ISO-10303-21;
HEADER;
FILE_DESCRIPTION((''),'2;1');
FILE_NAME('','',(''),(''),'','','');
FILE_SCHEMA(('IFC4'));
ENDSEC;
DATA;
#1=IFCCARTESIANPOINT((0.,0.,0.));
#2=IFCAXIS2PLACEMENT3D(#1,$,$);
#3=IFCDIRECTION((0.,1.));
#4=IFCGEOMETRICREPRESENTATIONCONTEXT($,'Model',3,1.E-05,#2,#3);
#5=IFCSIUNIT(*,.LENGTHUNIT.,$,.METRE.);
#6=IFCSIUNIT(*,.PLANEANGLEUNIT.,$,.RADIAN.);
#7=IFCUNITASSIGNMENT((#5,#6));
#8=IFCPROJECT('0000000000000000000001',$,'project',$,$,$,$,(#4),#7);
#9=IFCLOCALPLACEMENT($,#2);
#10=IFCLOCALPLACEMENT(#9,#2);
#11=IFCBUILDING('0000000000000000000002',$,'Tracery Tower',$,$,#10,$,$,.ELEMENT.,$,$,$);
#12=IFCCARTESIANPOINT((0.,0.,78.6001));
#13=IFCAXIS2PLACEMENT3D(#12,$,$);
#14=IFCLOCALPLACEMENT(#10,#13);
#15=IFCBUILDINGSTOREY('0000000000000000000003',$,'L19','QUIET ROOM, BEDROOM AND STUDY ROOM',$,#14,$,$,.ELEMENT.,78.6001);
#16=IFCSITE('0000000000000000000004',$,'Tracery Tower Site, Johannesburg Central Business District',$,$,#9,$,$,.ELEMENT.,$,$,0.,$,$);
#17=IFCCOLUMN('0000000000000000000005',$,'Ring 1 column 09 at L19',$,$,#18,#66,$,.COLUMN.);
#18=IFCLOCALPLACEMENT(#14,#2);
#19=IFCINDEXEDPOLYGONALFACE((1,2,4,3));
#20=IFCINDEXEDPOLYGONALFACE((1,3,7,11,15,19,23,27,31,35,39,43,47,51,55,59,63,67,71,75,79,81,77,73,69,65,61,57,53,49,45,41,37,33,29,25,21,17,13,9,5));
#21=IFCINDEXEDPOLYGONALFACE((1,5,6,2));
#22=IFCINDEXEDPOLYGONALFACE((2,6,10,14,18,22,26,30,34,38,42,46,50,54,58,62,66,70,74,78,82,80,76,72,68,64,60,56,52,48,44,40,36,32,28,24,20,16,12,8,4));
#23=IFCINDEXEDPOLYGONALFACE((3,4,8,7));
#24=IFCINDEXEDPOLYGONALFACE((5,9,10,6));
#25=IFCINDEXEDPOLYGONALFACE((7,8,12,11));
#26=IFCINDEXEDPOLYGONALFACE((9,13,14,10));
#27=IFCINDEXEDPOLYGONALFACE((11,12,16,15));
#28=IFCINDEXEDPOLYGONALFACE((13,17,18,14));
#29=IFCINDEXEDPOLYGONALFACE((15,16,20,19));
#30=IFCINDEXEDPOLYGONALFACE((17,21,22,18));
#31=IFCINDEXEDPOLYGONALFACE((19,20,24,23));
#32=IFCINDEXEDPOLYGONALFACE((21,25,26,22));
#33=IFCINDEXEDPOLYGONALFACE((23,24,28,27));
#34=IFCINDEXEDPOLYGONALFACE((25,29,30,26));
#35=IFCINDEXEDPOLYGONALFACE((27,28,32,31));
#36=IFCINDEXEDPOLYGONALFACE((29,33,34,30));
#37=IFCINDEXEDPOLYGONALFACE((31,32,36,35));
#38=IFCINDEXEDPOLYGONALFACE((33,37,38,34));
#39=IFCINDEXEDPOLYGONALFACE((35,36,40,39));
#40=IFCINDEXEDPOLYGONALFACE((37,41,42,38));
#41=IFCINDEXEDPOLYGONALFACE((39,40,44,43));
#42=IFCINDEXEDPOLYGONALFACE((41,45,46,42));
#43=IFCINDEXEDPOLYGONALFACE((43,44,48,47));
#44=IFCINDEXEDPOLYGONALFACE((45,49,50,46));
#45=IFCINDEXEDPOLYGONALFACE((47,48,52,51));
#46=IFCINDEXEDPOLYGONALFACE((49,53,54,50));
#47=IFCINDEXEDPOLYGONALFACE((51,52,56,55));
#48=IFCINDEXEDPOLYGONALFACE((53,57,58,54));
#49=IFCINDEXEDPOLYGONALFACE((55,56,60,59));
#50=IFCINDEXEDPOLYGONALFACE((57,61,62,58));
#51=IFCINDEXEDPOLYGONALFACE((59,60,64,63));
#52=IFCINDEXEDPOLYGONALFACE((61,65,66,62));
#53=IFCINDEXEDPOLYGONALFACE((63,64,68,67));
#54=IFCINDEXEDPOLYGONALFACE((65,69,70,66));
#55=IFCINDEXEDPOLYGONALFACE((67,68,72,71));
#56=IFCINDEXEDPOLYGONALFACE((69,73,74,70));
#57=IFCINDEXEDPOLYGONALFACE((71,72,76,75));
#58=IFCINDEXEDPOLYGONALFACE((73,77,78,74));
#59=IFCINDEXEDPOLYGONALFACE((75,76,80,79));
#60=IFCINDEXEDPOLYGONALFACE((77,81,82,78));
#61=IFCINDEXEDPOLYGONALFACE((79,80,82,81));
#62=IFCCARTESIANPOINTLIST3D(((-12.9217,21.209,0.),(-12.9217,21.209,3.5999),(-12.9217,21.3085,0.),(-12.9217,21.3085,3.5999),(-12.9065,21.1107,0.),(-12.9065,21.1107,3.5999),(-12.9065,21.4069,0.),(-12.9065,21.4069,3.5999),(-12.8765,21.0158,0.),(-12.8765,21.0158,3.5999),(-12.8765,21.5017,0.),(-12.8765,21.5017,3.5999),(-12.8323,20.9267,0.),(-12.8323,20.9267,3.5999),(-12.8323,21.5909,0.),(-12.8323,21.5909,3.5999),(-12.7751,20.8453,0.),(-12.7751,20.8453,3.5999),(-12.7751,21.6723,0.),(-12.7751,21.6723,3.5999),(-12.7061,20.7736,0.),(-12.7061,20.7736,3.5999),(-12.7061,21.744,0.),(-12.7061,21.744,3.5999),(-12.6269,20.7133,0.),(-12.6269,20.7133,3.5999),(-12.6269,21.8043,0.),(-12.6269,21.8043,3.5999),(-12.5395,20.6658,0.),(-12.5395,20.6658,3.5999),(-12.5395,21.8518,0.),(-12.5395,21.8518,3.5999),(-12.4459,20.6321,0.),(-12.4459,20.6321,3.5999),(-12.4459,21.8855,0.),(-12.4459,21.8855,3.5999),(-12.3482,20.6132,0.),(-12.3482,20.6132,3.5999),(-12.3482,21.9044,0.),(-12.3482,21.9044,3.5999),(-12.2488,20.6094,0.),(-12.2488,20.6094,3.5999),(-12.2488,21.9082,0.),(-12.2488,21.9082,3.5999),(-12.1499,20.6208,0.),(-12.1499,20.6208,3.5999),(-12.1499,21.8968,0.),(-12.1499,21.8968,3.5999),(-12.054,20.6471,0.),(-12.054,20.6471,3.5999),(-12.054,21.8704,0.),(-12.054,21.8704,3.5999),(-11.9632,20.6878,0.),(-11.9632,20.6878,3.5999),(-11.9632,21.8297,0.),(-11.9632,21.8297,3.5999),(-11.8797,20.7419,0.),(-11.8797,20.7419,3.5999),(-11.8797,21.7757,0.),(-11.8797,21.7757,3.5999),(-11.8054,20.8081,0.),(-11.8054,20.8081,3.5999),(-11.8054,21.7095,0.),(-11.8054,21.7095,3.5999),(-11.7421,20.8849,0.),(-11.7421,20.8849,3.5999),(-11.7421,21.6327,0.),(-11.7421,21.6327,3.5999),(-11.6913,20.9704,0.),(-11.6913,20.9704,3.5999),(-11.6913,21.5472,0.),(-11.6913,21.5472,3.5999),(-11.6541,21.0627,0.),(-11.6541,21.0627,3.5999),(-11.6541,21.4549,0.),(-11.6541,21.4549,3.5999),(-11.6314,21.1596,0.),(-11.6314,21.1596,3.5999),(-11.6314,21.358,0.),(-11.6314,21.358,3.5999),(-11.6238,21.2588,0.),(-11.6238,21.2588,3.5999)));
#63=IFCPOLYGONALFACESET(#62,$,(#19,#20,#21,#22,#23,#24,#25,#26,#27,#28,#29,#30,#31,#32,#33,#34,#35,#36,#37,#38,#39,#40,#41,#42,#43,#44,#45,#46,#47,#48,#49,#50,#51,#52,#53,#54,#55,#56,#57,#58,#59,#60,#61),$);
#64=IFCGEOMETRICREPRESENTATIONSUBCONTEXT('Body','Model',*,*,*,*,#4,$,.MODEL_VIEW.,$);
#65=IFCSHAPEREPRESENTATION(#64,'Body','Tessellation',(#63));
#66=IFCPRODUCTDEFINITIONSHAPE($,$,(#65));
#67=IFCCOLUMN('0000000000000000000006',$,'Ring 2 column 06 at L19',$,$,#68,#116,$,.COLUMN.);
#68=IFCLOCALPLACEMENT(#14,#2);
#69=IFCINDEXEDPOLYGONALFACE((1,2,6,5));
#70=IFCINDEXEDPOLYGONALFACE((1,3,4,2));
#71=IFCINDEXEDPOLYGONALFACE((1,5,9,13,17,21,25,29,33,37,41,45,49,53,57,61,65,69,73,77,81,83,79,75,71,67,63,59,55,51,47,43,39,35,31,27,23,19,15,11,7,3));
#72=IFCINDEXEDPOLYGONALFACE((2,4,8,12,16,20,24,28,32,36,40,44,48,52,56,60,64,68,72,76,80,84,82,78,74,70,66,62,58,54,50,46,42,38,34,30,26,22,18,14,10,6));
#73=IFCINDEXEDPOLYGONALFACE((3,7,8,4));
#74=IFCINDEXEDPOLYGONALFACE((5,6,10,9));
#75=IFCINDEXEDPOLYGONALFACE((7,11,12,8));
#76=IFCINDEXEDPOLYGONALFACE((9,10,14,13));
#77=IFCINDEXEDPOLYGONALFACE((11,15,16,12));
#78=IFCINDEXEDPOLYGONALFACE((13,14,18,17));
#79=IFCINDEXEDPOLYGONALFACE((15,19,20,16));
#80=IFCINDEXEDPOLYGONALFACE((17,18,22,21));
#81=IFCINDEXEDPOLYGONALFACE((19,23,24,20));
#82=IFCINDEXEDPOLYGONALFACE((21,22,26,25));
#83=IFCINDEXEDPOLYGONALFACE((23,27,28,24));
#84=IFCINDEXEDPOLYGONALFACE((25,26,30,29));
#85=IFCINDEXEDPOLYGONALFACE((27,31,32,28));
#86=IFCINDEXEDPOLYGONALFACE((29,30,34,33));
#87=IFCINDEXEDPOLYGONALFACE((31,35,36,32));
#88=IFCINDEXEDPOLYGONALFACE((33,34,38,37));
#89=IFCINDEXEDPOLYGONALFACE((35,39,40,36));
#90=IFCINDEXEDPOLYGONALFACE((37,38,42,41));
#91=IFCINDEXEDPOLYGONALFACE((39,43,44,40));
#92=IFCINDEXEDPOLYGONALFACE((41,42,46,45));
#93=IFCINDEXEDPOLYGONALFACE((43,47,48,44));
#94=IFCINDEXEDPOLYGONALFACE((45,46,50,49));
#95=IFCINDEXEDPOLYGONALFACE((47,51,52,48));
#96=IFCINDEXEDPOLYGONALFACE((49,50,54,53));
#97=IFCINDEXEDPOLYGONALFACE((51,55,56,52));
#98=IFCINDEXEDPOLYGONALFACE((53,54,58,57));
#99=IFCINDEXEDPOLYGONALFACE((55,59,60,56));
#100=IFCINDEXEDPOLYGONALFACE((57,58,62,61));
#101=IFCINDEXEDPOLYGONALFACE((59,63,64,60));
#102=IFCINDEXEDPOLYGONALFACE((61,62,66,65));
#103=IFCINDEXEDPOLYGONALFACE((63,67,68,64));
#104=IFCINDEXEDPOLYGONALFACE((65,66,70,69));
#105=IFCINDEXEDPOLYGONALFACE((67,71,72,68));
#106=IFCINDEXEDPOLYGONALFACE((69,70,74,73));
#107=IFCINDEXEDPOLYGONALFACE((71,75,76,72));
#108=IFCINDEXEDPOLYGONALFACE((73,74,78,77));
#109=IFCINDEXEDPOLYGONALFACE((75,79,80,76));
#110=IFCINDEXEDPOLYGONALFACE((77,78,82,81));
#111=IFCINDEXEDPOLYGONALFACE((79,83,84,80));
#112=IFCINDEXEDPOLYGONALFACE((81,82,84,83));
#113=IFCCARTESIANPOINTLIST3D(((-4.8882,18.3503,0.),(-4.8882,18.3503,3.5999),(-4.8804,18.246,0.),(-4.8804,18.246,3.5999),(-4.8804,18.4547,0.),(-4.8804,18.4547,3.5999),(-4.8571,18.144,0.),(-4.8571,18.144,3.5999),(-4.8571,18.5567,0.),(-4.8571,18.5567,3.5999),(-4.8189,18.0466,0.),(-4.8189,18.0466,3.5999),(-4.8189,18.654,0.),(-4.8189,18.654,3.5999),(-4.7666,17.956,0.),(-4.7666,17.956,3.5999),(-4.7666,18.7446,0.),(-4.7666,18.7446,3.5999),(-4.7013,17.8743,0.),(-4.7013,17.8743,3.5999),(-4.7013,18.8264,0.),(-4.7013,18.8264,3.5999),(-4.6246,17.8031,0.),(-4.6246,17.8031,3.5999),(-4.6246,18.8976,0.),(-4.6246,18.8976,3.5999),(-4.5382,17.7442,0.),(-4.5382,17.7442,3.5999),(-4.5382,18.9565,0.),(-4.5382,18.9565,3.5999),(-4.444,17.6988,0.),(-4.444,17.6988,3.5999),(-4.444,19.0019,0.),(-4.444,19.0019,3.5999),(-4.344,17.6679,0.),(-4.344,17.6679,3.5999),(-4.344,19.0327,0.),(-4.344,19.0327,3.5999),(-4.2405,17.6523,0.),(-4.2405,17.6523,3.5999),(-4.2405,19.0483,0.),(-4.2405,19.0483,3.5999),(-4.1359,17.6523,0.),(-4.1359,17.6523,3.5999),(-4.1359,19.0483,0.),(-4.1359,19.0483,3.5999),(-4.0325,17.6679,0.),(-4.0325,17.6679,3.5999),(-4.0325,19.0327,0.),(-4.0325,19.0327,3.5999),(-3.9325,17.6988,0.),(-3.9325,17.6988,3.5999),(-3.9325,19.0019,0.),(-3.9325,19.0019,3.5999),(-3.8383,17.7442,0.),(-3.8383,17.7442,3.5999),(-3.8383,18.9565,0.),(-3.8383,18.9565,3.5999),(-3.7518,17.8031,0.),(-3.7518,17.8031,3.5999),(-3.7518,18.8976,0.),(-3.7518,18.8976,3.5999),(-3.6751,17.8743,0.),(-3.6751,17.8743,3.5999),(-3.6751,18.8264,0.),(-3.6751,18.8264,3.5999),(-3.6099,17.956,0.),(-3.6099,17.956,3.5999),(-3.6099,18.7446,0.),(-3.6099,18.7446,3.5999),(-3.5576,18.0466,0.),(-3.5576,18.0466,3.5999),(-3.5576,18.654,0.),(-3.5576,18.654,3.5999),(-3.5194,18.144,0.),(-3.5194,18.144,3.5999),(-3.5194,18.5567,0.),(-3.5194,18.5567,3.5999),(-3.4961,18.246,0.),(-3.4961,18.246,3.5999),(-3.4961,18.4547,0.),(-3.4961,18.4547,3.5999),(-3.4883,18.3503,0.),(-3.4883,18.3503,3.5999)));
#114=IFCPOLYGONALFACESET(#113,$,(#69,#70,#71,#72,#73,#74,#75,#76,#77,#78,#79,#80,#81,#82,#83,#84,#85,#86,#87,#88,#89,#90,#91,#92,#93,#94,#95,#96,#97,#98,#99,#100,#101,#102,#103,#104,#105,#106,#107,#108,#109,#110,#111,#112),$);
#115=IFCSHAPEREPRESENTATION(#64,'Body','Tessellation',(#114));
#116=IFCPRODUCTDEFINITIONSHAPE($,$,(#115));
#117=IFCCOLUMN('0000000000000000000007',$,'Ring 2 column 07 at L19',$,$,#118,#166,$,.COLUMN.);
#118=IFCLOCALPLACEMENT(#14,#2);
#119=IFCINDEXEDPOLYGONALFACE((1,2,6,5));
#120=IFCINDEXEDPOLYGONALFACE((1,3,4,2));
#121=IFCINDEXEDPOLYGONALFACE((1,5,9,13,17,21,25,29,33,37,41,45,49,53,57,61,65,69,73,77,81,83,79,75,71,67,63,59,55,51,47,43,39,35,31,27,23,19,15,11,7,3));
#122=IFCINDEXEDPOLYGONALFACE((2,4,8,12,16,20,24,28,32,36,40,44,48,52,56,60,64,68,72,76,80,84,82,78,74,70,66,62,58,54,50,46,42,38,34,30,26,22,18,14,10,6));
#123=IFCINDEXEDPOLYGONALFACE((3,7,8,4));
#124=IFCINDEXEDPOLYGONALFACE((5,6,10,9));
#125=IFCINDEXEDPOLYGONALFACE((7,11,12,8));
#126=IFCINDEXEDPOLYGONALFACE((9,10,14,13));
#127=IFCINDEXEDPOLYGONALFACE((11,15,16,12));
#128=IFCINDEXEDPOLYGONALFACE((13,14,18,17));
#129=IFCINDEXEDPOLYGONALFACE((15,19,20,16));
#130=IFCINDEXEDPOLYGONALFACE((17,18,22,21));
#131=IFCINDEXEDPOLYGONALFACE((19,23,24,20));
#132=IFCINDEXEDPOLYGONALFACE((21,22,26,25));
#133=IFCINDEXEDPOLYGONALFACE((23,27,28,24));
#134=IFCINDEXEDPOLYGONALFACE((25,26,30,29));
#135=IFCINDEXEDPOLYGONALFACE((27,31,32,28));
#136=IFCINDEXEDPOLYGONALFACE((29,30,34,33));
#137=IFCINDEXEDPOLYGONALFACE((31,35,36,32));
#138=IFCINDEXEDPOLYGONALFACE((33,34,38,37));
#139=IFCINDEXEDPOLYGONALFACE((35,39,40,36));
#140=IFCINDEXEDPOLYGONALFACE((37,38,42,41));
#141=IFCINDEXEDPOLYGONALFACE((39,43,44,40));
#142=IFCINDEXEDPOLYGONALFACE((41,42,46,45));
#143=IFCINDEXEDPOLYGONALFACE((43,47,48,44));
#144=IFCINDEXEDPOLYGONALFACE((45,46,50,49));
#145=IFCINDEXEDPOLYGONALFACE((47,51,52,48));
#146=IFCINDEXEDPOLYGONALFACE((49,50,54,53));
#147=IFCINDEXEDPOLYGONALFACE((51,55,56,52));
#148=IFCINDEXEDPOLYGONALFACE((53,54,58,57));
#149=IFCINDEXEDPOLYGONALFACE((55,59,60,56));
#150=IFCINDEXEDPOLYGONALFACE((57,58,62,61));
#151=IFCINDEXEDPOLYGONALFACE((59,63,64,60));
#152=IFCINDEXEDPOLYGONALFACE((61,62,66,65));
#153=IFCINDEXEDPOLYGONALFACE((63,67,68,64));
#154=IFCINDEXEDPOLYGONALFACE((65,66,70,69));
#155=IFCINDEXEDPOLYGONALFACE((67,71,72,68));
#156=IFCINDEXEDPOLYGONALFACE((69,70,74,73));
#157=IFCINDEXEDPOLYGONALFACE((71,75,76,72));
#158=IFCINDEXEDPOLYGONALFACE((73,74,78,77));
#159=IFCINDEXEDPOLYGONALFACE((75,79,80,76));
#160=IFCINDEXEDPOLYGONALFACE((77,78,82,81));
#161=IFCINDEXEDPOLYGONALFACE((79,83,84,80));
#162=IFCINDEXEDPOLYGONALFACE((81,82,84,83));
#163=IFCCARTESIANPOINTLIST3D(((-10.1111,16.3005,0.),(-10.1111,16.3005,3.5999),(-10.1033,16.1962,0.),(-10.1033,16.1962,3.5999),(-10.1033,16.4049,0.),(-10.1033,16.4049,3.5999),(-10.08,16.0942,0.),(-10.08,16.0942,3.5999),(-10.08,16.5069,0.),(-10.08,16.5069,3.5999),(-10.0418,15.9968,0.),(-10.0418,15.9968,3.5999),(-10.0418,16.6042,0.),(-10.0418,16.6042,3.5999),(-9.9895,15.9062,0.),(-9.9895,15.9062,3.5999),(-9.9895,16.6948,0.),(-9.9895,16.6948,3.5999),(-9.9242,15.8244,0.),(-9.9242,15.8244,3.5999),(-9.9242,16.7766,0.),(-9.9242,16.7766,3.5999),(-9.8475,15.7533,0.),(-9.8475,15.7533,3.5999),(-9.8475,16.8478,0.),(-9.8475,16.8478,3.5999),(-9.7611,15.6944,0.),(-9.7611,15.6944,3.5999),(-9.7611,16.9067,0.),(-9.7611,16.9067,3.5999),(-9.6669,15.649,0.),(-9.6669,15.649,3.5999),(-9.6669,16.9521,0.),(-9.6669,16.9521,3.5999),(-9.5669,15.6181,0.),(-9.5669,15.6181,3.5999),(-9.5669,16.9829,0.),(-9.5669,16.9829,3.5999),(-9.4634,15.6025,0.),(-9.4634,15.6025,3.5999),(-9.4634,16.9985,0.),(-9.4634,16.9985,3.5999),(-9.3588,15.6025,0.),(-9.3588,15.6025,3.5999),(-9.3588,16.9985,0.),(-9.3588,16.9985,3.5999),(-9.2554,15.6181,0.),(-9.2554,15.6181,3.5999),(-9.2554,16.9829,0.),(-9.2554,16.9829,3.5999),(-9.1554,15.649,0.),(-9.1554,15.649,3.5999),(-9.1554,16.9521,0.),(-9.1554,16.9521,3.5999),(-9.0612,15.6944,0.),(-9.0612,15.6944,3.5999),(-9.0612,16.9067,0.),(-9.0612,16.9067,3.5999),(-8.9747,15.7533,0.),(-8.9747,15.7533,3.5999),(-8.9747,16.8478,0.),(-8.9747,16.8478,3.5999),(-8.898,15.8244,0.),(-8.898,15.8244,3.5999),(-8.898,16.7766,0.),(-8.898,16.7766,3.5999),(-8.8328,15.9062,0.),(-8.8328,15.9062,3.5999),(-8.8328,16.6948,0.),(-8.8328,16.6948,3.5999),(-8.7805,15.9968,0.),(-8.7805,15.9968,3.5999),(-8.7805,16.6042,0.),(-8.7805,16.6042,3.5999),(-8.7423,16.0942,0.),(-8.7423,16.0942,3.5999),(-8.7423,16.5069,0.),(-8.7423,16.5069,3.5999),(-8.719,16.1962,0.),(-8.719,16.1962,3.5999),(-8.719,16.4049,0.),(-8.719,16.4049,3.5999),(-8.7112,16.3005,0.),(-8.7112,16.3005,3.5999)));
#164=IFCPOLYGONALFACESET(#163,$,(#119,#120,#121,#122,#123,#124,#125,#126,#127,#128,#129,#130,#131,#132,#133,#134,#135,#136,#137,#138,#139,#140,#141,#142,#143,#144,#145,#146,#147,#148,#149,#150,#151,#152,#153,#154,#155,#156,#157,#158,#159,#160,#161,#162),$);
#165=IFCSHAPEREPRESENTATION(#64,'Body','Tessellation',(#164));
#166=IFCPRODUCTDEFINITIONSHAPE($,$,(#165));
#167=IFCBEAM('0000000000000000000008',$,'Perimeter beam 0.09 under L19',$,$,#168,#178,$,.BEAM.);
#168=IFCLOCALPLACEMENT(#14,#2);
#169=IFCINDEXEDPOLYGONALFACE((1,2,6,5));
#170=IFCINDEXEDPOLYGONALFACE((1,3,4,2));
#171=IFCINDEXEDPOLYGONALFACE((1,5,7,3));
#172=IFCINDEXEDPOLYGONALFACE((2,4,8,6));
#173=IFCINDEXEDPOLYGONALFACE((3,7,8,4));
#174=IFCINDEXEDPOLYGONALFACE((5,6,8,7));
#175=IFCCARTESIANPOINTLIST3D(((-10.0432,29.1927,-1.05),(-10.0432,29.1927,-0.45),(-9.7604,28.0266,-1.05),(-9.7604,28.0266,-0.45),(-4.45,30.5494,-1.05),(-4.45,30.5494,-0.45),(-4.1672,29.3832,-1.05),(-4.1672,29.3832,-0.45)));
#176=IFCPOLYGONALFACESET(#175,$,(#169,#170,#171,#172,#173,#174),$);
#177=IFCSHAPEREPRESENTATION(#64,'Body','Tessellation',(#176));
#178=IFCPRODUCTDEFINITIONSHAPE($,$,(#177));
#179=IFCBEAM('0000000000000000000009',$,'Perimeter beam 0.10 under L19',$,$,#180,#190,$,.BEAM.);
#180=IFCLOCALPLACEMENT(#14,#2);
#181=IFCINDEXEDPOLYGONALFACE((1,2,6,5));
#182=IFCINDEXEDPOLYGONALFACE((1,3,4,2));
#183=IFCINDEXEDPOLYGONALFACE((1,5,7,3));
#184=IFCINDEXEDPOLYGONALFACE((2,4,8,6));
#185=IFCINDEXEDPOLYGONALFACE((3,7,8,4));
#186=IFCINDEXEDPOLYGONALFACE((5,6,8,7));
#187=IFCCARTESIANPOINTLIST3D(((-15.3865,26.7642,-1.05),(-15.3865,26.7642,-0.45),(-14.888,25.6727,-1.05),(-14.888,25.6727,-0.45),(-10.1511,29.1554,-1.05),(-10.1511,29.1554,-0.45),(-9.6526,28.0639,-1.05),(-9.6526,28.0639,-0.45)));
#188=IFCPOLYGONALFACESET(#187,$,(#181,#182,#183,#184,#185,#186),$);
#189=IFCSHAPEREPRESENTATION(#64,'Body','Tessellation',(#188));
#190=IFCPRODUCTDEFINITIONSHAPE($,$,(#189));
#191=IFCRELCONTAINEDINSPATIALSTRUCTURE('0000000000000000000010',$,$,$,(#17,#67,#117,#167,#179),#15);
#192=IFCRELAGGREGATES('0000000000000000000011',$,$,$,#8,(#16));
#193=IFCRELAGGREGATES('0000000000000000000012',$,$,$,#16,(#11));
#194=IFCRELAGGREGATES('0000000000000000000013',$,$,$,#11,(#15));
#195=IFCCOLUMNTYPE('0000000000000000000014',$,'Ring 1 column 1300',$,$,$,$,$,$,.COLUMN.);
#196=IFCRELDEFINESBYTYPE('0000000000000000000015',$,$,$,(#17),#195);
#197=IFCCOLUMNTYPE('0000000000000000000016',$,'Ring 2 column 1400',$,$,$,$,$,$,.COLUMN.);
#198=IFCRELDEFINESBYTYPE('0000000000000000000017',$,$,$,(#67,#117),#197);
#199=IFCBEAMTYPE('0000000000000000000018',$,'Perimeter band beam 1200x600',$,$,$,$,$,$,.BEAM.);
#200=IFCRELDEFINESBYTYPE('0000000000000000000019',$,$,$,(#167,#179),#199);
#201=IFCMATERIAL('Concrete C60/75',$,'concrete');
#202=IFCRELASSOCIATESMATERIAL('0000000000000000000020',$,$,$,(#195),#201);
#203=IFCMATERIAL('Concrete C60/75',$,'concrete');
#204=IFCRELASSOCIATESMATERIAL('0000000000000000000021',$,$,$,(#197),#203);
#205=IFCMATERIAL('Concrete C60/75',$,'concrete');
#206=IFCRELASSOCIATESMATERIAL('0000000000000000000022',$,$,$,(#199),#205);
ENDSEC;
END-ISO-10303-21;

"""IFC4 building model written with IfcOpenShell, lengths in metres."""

from ifc_helpers import new_model, si_unit, direction, frame, origin, origin_2d, place, context, subcontext, project, spatial, rectangle, circle, extrude, material, material_profile, profile_set, type_object, element, save


model = new_model("IFC4")

# Units and contexts
model_context = context("Model", 3, precision=1e-05, world=origin(), true_north=direction((0.0, 1.0)))
body_context = subcontext(model_context, "Body", "Model", "MODEL_VIEW")
ifc_project = project(units=[si_unit("LENGTHUNIT", "METRE"), si_unit("PLANEANGLEUNIT", "RADIAN")], contexts=[model_context])

# Site, building, storey
site_placement = place(None, origin())
site = spatial("IfcSite", under=ifc_project, at=site_placement, Name="Tracery Tower Site, Johannesburg Central Business District", CompositionType="ELEMENT", RefElevation=0.0)
building_placement = place(site_placement, origin())
building = spatial("IfcBuilding", under=site, at=building_placement, Name="Tracery Tower", CompositionType="ELEMENT")
storey_placement = place(building_placement, frame((0.0, 0.0, 78.6001)))
storey = spatial("IfcBuildingStorey", under=building, at=storey_placement, Name="L19", Description="QUIET ROOM, BEDROOM AND STUDY ROOM", CompositionType="ELEMENT", Elevation=78.6001)

# Columns
ifc_material_1 = material(Name="Concrete C60/75", Category="concrete")
ifc_material_profile_1 = material_profile(ifc_material_1, circle(Radius=0.6499, at=origin_2d()), Name="RC D1300")
ifc_profile_set_1 = profile_set([ifc_material_profile_1], Name="Concrete C60/75")
column_type_1 = type_object("IfcColumnType", Name="Ring 1 column 1300", PredefinedType="COLUMN", material=ifc_profile_set_1)
for number, where, z_axis, x_axis, name in (
    (1, (-12.2737, 21.2588, 0.0), (0.0, 0.0, 1.0), (1.0, 0.0, 0.0), "Ring 1 column 09 at L19"),
):
    element("IfcColumn", number, at=place(storey_placement, frame(where, z_axis=z_axis, x_axis=x_axis)), inside=storey, type_object=column_type_1, Name=name, PredefinedType="COLUMN", context=body_context, shape_type="SweptSolid", body=[
        extrude(circle(Radius=0.6499, at=origin_2d()), origin(), (0.0, 0.0, 1.0), 3.5999),
    ])
ifc_material_2 = material(Name="Concrete C60/75", Category="concrete")
ifc_material_profile_2 = material_profile(ifc_material_2, circle(Radius=0.7, at=origin_2d()), Name="RC D1400")
ifc_profile_set_2 = profile_set([ifc_material_profile_2], Name="Concrete C60/75")
column_type_2 = type_object("IfcColumnType", Name="Ring 2 column 1400", PredefinedType="COLUMN", material=ifc_profile_set_2)
for number, where, z_axis, x_axis, name in (
    (2, (-4.1882, 18.3503, 0.0), (0.0, 0.0, 1.0), (1.0, 0.0, 0.0), "Ring 2 column 06 at L19"),
    (3, (-9.4111, 16.3005, 0.0), (0.0, 0.0, 1.0), (1.0, 0.0, 0.0), "Ring 2 column 07 at L19"),
):
    element("IfcColumn", number, at=place(storey_placement, frame(where, z_axis=z_axis, x_axis=x_axis)), inside=storey, type_object=column_type_2, Name=name, PredefinedType="COLUMN", context=body_context, shape_type="SweptSolid", body=[
        extrude(circle(Radius=0.7, at=origin_2d()), origin(), (0.0, 0.0, 1.0), 3.5999),
    ])

# Beams
ifc_material_3 = material(Name="Concrete C60/75", Category="concrete")
ifc_material_profile_3 = material_profile(ifc_material_3, rectangle(XDim=1.2, YDim=0.6001, at=origin_2d()), Name="RC 1200x600")
ifc_profile_set_3 = profile_set([ifc_material_profile_3], Name="Concrete C60/75")
beam_type = type_object("IfcBeamType", Name="Perimeter band beam 1200x600", PredefinedType="BEAM", material=ifc_profile_set_3)
beam_1_placement = place(storey_placement, frame((-4.3086, 29.9663, -0.75), z_axis=(-0.97182, -0.235723, 0.0), x_axis=(0.235723, -0.97182, 0.0)))
element("IfcBeam", 4, at=beam_1_placement, inside=storey, type_object=beam_type, Name="Perimeter beam 0.09 under L19", PredefinedType="BEAM", context=body_context, shape_type="SweptSolid", body=[
    extrude(rectangle(XDim=1.2, YDim=0.6001, at=origin_2d()), origin(), (0.0, 0.0, 1.0), 5.7554),
])
beam_2_placement = place(storey_placement, frame((-9.9019, 28.6096, -0.75), z_axis=(-0.909618, -0.415445, 0.0), x_axis=(0.415445, -0.909618, 0.0)))
element("IfcBeam", 5, at=beam_2_placement, inside=storey, type_object=beam_type, Name="Perimeter beam 0.10 under L19", PredefinedType="BEAM", context=body_context, shape_type="SweptSolid", body=[
    extrude(rectangle(XDim=1.2, YDim=0.6001, at=origin_2d()), origin(), (0.0, 0.0, 1.0), 5.7556),
])

save(model, "model.ifc")
